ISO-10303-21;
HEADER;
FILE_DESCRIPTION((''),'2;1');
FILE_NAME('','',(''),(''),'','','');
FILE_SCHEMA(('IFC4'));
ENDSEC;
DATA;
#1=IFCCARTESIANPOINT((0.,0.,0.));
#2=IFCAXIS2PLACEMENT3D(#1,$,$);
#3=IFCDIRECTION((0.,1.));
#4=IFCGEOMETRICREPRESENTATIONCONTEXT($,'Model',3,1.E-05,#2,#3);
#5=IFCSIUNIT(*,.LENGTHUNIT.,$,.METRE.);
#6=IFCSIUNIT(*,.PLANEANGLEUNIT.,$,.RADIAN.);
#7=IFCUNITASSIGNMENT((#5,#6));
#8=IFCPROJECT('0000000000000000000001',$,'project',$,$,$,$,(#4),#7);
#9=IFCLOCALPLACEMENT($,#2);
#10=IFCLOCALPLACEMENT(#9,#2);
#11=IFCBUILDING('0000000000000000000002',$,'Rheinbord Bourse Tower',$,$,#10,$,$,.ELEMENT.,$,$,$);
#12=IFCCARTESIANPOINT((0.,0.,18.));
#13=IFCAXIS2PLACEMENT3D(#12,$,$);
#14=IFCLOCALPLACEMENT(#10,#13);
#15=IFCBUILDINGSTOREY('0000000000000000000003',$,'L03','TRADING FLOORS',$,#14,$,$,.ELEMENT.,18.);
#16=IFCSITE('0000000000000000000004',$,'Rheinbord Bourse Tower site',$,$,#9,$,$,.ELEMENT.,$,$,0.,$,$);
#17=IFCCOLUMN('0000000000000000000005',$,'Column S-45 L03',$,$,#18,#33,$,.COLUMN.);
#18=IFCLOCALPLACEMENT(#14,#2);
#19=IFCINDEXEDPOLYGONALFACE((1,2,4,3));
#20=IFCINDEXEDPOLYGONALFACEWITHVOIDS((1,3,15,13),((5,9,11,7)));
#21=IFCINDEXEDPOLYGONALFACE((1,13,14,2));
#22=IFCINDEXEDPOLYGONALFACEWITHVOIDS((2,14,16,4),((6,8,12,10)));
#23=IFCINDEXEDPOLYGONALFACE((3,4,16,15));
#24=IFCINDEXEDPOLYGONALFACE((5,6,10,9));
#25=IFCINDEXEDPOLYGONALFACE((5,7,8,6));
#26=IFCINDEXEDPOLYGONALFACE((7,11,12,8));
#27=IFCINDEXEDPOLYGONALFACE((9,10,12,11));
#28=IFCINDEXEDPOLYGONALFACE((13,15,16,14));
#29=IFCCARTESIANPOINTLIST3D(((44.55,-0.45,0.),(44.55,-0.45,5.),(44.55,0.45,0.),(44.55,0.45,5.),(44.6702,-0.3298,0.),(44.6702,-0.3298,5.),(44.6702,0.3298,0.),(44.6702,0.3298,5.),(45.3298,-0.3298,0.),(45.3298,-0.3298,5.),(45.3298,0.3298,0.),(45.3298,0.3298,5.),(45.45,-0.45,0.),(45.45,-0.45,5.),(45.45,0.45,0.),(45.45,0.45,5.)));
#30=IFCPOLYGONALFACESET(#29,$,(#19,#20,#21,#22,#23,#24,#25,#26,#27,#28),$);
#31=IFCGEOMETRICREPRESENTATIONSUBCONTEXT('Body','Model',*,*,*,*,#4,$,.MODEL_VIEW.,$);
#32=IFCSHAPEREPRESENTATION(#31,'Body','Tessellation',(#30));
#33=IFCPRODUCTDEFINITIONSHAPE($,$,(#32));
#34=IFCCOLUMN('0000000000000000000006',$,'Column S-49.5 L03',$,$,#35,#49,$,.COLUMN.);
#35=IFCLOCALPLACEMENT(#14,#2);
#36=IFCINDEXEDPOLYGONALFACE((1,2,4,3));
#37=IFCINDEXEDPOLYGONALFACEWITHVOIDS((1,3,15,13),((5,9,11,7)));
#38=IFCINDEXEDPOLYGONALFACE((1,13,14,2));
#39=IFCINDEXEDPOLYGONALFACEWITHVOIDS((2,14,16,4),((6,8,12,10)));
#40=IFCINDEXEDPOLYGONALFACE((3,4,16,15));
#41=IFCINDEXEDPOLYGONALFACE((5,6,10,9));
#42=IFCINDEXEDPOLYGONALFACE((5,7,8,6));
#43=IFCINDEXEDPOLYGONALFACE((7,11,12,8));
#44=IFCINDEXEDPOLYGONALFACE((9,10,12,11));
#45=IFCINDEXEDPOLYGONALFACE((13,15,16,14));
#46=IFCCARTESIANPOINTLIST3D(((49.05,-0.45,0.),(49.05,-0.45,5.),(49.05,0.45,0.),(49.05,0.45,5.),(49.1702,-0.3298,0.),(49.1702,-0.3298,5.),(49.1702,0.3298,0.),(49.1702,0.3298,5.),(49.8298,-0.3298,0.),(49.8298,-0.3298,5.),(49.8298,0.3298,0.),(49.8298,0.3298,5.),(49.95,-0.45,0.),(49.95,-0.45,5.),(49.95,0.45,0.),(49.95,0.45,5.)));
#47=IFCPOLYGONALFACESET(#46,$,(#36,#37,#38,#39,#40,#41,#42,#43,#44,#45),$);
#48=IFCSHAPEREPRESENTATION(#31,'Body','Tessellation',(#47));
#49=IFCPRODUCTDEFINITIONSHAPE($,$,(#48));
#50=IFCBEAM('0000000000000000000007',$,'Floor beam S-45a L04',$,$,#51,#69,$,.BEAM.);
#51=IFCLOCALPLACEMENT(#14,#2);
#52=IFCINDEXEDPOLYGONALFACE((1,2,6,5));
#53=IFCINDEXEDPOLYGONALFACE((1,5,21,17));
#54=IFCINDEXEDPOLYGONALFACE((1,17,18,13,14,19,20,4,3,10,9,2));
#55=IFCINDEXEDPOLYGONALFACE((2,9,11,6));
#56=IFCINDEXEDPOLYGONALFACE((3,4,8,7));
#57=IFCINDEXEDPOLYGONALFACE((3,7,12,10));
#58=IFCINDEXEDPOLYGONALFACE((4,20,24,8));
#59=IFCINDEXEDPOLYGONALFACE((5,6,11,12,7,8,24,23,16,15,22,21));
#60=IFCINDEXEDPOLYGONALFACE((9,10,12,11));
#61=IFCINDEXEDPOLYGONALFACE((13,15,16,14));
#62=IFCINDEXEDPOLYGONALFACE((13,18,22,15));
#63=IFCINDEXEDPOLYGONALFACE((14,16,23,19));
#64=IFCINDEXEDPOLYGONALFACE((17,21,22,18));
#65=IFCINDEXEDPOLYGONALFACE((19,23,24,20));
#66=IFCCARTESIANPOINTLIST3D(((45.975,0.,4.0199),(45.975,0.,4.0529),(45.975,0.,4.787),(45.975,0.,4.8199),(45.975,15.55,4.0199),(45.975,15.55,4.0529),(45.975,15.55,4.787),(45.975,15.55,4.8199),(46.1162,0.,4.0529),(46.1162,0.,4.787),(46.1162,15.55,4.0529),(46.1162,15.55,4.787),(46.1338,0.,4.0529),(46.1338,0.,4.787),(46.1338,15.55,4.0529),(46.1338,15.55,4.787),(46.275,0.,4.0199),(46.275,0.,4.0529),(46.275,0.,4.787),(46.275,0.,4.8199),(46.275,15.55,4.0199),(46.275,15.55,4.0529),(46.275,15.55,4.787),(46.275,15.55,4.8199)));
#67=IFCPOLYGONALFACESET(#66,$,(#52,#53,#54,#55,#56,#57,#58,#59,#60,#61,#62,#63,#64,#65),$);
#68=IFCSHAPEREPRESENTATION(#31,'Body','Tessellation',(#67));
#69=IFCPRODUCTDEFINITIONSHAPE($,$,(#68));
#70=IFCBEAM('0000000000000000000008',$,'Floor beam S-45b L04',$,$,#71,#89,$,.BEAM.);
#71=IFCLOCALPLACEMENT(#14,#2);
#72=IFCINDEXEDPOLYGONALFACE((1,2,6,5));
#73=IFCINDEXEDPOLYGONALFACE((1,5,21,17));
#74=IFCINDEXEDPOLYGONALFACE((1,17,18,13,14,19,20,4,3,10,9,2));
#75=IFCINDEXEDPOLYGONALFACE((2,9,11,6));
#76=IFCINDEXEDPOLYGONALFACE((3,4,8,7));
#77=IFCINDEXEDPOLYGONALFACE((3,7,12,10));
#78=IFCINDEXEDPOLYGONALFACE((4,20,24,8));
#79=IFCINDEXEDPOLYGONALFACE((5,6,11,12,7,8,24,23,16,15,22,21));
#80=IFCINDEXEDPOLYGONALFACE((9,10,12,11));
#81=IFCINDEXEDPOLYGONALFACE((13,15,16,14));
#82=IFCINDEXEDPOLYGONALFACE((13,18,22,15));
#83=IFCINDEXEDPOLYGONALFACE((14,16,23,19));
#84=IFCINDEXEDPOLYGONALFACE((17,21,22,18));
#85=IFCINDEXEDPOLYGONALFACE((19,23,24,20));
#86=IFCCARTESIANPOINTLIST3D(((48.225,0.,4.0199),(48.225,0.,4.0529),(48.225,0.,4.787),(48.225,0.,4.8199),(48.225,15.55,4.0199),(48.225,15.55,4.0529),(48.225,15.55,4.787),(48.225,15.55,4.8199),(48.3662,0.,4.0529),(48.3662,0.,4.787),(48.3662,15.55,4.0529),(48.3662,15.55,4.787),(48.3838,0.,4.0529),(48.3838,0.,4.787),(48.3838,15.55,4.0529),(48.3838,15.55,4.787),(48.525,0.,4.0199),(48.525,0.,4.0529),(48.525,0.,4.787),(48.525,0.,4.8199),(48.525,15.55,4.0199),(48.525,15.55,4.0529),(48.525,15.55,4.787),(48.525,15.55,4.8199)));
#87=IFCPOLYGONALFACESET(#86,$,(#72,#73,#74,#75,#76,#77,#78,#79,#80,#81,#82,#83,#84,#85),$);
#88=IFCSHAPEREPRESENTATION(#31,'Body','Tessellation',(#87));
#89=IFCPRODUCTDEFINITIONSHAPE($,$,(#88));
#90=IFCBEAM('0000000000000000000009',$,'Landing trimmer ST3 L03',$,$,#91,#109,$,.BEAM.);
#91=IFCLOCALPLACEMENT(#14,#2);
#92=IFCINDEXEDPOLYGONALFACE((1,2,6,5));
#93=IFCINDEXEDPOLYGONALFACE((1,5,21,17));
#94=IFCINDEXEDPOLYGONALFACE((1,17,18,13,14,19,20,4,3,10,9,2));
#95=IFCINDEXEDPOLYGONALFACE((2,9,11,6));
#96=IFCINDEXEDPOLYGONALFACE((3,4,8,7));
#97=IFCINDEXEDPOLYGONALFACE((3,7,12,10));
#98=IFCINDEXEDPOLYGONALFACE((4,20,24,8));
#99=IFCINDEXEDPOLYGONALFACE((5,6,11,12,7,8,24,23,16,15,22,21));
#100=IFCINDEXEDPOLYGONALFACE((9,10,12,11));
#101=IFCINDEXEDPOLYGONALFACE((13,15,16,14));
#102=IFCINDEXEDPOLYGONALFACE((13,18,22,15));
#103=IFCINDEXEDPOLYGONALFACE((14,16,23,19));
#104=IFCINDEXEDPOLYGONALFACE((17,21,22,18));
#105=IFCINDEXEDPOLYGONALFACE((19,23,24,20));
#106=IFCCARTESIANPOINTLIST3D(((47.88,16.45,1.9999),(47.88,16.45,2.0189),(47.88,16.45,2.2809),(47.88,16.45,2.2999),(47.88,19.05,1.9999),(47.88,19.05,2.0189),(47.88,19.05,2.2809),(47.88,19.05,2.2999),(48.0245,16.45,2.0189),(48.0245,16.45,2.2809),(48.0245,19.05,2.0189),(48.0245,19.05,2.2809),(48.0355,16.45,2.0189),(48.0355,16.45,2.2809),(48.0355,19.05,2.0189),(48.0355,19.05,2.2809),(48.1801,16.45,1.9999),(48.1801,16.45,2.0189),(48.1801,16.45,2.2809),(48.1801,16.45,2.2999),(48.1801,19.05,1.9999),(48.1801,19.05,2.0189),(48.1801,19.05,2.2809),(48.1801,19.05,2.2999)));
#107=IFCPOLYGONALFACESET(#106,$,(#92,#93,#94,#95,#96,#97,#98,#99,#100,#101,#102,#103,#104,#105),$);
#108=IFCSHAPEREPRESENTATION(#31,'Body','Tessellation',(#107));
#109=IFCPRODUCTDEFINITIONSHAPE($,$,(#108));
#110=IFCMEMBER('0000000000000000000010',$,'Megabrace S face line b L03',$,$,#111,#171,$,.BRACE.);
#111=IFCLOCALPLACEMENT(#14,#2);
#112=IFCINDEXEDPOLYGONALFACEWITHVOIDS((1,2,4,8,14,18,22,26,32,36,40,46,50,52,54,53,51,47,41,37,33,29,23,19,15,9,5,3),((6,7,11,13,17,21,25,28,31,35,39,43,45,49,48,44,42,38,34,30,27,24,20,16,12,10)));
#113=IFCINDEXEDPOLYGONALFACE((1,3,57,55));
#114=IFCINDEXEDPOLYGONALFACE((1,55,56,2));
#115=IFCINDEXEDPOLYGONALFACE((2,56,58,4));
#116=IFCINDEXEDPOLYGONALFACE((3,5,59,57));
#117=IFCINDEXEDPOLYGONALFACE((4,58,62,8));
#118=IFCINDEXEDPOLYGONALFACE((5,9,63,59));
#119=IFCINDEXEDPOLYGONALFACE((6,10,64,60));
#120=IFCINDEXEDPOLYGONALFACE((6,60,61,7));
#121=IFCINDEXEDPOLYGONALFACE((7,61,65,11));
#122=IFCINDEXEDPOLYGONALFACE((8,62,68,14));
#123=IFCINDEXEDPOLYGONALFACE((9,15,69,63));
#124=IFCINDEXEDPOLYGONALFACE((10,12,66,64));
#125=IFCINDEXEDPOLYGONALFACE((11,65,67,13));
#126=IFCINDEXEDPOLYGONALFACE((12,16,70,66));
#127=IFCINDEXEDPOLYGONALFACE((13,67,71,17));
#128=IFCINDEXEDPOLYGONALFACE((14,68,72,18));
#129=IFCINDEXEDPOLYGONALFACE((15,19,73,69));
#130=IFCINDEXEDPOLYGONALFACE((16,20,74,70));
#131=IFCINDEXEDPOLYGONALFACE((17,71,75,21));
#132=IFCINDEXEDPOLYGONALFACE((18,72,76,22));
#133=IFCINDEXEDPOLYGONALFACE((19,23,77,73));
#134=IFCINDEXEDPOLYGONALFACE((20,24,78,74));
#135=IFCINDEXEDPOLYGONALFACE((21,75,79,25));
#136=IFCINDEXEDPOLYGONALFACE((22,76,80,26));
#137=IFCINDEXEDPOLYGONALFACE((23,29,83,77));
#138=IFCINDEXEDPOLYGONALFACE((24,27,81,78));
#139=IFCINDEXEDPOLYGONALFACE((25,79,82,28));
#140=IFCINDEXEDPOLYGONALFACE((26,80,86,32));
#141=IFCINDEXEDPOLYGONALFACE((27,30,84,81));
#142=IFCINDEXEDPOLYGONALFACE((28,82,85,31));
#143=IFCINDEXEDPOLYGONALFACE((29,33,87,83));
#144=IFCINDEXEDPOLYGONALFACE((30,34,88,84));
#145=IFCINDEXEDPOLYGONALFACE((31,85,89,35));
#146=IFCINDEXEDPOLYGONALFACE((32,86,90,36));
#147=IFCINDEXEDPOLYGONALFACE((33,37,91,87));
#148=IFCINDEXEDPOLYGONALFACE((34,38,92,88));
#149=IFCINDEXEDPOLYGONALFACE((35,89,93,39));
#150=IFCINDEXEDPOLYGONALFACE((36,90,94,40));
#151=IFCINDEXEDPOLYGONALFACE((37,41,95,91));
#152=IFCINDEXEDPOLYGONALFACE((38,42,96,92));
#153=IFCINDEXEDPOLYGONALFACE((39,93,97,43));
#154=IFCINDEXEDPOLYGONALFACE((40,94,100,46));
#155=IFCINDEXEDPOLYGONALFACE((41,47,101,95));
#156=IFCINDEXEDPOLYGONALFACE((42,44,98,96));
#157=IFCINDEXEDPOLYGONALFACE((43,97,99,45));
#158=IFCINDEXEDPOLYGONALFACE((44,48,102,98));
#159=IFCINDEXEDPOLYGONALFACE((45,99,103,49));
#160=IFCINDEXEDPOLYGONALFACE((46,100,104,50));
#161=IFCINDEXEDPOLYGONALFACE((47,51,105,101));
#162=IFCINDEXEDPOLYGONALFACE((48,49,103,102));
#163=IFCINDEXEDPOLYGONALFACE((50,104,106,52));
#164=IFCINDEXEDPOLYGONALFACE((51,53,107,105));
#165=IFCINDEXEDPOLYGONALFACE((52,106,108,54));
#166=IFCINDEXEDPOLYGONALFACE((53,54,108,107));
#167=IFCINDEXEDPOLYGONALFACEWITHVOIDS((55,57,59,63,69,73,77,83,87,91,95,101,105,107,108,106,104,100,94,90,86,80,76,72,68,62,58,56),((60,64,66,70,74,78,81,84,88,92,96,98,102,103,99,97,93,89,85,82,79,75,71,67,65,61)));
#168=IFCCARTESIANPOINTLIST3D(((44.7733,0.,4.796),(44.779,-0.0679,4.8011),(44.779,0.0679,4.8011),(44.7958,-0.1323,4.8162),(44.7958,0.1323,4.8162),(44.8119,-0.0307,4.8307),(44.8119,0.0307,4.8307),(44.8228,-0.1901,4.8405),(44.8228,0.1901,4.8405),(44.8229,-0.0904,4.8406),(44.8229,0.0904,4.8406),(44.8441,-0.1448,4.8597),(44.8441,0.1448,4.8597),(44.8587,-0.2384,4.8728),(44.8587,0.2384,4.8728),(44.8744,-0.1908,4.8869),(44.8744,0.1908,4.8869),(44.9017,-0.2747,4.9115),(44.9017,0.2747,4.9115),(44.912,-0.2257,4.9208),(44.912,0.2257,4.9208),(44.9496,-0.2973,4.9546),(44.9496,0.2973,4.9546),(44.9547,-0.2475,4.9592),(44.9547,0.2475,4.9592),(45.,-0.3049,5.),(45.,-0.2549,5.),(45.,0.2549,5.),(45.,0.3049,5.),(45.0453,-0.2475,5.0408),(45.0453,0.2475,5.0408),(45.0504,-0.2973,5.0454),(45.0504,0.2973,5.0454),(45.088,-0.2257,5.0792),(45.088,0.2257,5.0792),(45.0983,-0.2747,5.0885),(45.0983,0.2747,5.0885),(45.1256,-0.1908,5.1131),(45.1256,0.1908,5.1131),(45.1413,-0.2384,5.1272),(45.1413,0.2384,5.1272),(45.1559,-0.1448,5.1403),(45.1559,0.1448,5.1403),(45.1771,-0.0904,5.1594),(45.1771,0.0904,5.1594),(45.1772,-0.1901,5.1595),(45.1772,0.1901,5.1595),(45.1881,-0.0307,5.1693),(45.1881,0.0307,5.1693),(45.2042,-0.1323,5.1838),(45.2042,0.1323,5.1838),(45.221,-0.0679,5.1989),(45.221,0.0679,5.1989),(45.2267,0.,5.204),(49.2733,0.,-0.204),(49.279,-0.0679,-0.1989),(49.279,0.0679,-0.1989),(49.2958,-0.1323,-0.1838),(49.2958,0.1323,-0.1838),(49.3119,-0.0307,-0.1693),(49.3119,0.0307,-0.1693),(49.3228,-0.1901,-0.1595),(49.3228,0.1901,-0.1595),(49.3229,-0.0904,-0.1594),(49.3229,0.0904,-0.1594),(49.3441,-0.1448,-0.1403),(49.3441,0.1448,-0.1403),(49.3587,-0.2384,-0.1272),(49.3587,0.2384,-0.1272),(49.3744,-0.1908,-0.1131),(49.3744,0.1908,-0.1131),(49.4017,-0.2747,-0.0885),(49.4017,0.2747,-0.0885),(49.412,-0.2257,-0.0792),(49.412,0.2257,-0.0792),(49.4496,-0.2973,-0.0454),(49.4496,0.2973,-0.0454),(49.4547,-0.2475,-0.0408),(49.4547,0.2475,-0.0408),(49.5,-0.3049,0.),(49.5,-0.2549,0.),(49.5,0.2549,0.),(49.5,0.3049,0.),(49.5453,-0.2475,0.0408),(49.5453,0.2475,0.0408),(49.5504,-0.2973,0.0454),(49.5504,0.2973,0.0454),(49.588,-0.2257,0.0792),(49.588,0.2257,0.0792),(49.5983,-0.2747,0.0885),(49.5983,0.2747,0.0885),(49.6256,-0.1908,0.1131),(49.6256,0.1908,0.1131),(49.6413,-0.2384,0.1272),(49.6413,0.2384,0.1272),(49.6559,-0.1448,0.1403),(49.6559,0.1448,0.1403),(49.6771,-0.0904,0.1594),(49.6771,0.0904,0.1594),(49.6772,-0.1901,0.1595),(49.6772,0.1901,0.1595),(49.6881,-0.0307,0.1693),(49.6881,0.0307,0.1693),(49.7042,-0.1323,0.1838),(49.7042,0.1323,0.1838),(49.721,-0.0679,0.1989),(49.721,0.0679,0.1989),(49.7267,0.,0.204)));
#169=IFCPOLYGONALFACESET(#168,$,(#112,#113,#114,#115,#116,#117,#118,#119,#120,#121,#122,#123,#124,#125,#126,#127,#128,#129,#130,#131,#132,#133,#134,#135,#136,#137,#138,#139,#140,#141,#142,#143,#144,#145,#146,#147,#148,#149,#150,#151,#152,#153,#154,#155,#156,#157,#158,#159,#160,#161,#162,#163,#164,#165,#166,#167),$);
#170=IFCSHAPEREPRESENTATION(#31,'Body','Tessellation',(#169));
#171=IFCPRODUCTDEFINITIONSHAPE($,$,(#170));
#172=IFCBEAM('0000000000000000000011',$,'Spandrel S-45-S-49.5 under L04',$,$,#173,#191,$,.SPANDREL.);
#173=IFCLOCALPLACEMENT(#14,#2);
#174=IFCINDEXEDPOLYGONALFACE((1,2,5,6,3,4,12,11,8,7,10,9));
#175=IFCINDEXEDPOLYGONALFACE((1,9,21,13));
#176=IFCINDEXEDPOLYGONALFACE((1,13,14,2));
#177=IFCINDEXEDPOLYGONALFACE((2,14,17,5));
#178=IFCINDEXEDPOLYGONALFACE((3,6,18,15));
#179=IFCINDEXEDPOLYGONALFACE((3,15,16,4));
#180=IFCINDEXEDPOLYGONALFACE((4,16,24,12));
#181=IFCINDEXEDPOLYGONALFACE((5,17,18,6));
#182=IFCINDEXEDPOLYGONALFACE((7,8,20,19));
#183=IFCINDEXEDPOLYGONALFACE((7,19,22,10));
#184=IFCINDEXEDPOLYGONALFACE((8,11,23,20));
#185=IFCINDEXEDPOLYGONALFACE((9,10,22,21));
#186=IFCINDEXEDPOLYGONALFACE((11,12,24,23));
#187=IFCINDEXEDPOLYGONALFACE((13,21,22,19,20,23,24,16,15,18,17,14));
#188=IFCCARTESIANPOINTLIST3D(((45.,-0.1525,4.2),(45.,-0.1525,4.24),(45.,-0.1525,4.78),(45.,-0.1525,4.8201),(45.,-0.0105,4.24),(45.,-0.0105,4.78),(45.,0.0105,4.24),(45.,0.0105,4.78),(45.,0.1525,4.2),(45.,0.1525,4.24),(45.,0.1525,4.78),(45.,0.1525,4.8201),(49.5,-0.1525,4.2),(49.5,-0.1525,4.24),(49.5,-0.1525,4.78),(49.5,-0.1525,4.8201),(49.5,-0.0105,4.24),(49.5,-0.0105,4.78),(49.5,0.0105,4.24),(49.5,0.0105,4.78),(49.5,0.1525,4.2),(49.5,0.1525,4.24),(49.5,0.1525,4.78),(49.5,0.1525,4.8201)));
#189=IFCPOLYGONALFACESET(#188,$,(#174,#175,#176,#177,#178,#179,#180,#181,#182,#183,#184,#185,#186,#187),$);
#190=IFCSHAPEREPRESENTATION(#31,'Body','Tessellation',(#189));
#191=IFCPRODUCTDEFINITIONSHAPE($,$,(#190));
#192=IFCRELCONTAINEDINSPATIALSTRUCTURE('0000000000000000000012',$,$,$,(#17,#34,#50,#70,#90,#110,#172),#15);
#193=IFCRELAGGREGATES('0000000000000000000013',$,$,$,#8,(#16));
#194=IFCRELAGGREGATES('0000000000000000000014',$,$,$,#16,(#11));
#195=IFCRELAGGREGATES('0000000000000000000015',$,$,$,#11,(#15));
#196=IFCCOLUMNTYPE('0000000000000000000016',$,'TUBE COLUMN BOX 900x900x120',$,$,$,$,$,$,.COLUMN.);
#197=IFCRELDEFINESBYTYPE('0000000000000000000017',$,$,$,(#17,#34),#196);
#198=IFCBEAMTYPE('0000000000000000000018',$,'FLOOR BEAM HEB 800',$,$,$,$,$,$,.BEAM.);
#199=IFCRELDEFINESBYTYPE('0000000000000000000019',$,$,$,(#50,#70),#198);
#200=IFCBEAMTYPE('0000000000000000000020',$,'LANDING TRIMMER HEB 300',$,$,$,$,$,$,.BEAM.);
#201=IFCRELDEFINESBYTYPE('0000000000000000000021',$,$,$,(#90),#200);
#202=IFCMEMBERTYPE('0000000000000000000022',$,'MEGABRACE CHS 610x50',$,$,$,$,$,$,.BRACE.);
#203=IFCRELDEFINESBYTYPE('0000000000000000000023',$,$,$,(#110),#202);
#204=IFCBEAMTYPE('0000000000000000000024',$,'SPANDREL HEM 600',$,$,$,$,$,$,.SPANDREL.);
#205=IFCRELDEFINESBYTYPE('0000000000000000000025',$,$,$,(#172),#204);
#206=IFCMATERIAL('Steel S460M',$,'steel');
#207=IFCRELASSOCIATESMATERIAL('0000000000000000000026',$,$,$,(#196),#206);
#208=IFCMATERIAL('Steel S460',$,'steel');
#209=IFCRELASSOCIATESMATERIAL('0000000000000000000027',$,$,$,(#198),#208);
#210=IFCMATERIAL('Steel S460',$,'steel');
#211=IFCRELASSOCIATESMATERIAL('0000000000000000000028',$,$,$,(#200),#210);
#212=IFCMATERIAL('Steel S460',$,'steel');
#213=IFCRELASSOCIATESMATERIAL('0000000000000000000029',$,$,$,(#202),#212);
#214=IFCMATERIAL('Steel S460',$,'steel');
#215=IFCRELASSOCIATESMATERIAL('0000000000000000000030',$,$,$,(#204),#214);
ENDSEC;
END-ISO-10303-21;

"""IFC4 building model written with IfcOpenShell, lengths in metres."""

from ifc_helpers import new_model, si_unit, direction, frame, origin, origin_2d, place, context, subcontext, project, spatial, hollow_rectangle, hollow_circle, i_section, extrude, material, material_profile, profile_set, type_object, element, save


model = new_model("IFC4")

# Units and contexts
model_context = context("Model", 3, precision=1e-05, world=origin(), true_north=direction((0.0, 1.0)))
body_context = subcontext(model_context, "Body", "Model", "MODEL_VIEW")
ifc_project = project(units=[si_unit("LENGTHUNIT", "METRE"), si_unit("PLANEANGLEUNIT", "RADIAN")], contexts=[model_context])

# Site, building, storey
site_placement = place(None, origin())
site = spatial("IfcSite", under=ifc_project, at=site_placement, Name="Rheinbord Bourse Tower site", CompositionType="ELEMENT", RefElevation=0.0)
building_placement = place(site_placement, origin())
building = spatial("IfcBuilding", under=site, at=building_placement, Name="Rheinbord Bourse Tower", CompositionType="ELEMENT")
storey_placement = place(building_placement, frame((0.0, 0.0, 18.0)))
storey = spatial("IfcBuildingStorey", under=building, at=storey_placement, Name="L03", Description="TRADING FLOORS", CompositionType="ELEMENT", Elevation=18.0)

# Columns
ifc_material_1 = material(Name="Steel S460M", Category="steel")
ifc_material_profile_1 = material_profile(ifc_material_1, hollow_rectangle(XDim=0.8999, YDim=0.8999, WallThickness=0.1201, at=origin_2d()), Name="BOX 900x900x120")
ifc_profile_set_1 = profile_set([ifc_material_profile_1], Name="Steel S460M")
column_type = type_object("IfcColumnType", Name="TUBE COLUMN BOX 900x900x120", PredefinedType="COLUMN", material=ifc_profile_set_1)
for number, where, z_axis, x_axis, name in (
    (1, (45.0, 0.0, 0.0), (0.0, 0.0, 1.0), (0.0, 1.0, 0.0), "Column S-45 L03"),
    (2, (49.5, 0.0, 0.0), (0.0, 0.0, 1.0), (0.0, 1.0, 0.0), "Column S-49.5 L03"),
):
    element("IfcColumn", number, at=place(storey_placement, frame(where, z_axis=z_axis, x_axis=x_axis)), inside=storey, type_object=column_type, Name=name, PredefinedType="COLUMN", context=body_context, shape_type="SweptSolid", body=[
        extrude(hollow_rectangle(XDim=0.8999, YDim=0.8999, WallThickness=0.1201, at=origin_2d()), origin(), (0.0, 0.0, 1.0), 5.0),
    ])

# Beams
ifc_material_2 = material(Name="Steel S460", Category="steel")
ifc_material_profile_2 = material_profile(ifc_material_2, i_section(OverallWidth=0.3, OverallDepth=0.8, WebThickness=0.0176, FlangeThickness=0.033, at=origin_2d()), Name="HEB 800")
ifc_profile_set_2 = profile_set([ifc_material_profile_2], Name="Steel S460")
beam_type_1 = type_object("IfcBeamType", Name="FLOOR BEAM HEB 800", PredefinedType="BEAM", material=ifc_profile_set_2)
for number, where, z_axis, x_axis, name in (
    (3, (46.125, 0.0, 4.4199), (0.0, 1.0, 0.0), (-1.0, 0.0, 0.0), "Floor beam S-45a L04"),
    (4, (48.375, 0.0, 4.4199), (0.0, 1.0, 0.0), (-1.0, 0.0, 0.0), "Floor beam S-45b L04"),
):
    element("IfcBeam", number, at=place(storey_placement, frame(where, z_axis=z_axis, x_axis=x_axis)), inside=storey, type_object=beam_type_1, Name=name, PredefinedType="BEAM", context=body_context, shape_type="SweptSolid", body=[
        extrude(i_section(OverallWidth=0.3, OverallDepth=0.8, WebThickness=0.0176, FlangeThickness=0.033, at=origin_2d()), origin(), (0.0, 0.0, 1.0), 15.55),
    ])
ifc_material_3 = material(Name="Steel S460", Category="steel")
ifc_material_profile_3 = material_profile(ifc_material_3, i_section(OverallWidth=0.3, OverallDepth=0.3, WebThickness=0.011, FlangeThickness=0.019, at=origin_2d()), Name="HEB 300")
ifc_profile_set_3 = profile_set([ifc_material_profile_3], Name="Steel S460")
beam_type_2 = type_object("IfcBeamType", Name="LANDING TRIMMER HEB 300", PredefinedType="BEAM", material=ifc_profile_set_3)
beam_placement = place(storey_placement, frame((48.03, 16.45, 2.1499), z_axis=(0.0, 1.0, 0.0), x_axis=(-1.0, 0.0, 0.0)))
element("IfcBeam", 5, at=beam_placement, inside=storey, type_object=beam_type_2, Name="Landing trimmer ST3 L03", PredefinedType="BEAM", context=body_context, shape_type="SweptSolid", body=[
    extrude(i_section(OverallWidth=0.3, OverallDepth=0.3, WebThickness=0.011, FlangeThickness=0.019, at=origin_2d()), origin(), (0.0, 0.0, 1.0), 2.6001),
])

# Member
ifc_material_4 = material(Name="Steel S460", Category="steel")
ifc_material_profile_4 = material_profile(ifc_material_4, hollow_circle(Radius=0.3049, WallThickness=0.05, at=origin_2d()), Name="CHS 610x50")
ifc_profile_set_4 = profile_set([ifc_material_profile_4], Name="Steel S460")
member_type = type_object("IfcMemberType", Name="MEGABRACE CHS 610x50", PredefinedType="BRACE", material=ifc_profile_set_4)
member_placement = place(storey_placement, frame((49.5, 0.0, 0.0), z_axis=(-0.668965, 0.0, 0.743294), x_axis=(0.0, -1.0, 0.0)))
element("IfcMember", 6, at=member_placement, inside=storey, type_object=member_type, Name="Megabrace S face line b L03", PredefinedType="BRACE", context=body_context, shape_type="SweptSolid", body=[
    extrude(hollow_circle(Radius=0.3049, WallThickness=0.05, at=origin_2d()), origin(), (0.0, 0.0, 1.0), 6.7268),
])

# Beam
ifc_material_5 = material(Name="Steel S460", Category="steel")
ifc_material_profile_5 = material_profile(ifc_material_5, i_section(OverallWidth=0.3049, OverallDepth=0.6201, WebThickness=0.021, FlangeThickness=0.04, at=origin_2d()), Name="HEM 600")
ifc_profile_set_5 = profile_set([ifc_material_profile_5], Name="Steel S460")
beam_type_3 = type_object("IfcBeamType", Name="SPANDREL HEM 600", PredefinedType="SPANDREL", material=ifc_profile_set_5)
for number, where, z_axis, x_axis, name in (
    (7, (45.0, 0.0, 4.51), (1.0, 0.0, 0.0), (0.0, 1.0, 0.0), "Spandrel S-45-S-49.5 under L04"),
):
    element("IfcBeam", number, at=place(storey_placement, frame(where, z_axis=z_axis, x_axis=x_axis)), inside=storey, type_object=beam_type_3, Name=name, PredefinedType="SPANDREL", context=body_context, shape_type="SweptSolid", body=[
        extrude(i_section(OverallWidth=0.3049, OverallDepth=0.6201, WebThickness=0.021, FlangeThickness=0.04, at=origin_2d()), origin(), (0.0, 0.0, 1.0), 4.5),
    ])

save(model, "model.ifc")
